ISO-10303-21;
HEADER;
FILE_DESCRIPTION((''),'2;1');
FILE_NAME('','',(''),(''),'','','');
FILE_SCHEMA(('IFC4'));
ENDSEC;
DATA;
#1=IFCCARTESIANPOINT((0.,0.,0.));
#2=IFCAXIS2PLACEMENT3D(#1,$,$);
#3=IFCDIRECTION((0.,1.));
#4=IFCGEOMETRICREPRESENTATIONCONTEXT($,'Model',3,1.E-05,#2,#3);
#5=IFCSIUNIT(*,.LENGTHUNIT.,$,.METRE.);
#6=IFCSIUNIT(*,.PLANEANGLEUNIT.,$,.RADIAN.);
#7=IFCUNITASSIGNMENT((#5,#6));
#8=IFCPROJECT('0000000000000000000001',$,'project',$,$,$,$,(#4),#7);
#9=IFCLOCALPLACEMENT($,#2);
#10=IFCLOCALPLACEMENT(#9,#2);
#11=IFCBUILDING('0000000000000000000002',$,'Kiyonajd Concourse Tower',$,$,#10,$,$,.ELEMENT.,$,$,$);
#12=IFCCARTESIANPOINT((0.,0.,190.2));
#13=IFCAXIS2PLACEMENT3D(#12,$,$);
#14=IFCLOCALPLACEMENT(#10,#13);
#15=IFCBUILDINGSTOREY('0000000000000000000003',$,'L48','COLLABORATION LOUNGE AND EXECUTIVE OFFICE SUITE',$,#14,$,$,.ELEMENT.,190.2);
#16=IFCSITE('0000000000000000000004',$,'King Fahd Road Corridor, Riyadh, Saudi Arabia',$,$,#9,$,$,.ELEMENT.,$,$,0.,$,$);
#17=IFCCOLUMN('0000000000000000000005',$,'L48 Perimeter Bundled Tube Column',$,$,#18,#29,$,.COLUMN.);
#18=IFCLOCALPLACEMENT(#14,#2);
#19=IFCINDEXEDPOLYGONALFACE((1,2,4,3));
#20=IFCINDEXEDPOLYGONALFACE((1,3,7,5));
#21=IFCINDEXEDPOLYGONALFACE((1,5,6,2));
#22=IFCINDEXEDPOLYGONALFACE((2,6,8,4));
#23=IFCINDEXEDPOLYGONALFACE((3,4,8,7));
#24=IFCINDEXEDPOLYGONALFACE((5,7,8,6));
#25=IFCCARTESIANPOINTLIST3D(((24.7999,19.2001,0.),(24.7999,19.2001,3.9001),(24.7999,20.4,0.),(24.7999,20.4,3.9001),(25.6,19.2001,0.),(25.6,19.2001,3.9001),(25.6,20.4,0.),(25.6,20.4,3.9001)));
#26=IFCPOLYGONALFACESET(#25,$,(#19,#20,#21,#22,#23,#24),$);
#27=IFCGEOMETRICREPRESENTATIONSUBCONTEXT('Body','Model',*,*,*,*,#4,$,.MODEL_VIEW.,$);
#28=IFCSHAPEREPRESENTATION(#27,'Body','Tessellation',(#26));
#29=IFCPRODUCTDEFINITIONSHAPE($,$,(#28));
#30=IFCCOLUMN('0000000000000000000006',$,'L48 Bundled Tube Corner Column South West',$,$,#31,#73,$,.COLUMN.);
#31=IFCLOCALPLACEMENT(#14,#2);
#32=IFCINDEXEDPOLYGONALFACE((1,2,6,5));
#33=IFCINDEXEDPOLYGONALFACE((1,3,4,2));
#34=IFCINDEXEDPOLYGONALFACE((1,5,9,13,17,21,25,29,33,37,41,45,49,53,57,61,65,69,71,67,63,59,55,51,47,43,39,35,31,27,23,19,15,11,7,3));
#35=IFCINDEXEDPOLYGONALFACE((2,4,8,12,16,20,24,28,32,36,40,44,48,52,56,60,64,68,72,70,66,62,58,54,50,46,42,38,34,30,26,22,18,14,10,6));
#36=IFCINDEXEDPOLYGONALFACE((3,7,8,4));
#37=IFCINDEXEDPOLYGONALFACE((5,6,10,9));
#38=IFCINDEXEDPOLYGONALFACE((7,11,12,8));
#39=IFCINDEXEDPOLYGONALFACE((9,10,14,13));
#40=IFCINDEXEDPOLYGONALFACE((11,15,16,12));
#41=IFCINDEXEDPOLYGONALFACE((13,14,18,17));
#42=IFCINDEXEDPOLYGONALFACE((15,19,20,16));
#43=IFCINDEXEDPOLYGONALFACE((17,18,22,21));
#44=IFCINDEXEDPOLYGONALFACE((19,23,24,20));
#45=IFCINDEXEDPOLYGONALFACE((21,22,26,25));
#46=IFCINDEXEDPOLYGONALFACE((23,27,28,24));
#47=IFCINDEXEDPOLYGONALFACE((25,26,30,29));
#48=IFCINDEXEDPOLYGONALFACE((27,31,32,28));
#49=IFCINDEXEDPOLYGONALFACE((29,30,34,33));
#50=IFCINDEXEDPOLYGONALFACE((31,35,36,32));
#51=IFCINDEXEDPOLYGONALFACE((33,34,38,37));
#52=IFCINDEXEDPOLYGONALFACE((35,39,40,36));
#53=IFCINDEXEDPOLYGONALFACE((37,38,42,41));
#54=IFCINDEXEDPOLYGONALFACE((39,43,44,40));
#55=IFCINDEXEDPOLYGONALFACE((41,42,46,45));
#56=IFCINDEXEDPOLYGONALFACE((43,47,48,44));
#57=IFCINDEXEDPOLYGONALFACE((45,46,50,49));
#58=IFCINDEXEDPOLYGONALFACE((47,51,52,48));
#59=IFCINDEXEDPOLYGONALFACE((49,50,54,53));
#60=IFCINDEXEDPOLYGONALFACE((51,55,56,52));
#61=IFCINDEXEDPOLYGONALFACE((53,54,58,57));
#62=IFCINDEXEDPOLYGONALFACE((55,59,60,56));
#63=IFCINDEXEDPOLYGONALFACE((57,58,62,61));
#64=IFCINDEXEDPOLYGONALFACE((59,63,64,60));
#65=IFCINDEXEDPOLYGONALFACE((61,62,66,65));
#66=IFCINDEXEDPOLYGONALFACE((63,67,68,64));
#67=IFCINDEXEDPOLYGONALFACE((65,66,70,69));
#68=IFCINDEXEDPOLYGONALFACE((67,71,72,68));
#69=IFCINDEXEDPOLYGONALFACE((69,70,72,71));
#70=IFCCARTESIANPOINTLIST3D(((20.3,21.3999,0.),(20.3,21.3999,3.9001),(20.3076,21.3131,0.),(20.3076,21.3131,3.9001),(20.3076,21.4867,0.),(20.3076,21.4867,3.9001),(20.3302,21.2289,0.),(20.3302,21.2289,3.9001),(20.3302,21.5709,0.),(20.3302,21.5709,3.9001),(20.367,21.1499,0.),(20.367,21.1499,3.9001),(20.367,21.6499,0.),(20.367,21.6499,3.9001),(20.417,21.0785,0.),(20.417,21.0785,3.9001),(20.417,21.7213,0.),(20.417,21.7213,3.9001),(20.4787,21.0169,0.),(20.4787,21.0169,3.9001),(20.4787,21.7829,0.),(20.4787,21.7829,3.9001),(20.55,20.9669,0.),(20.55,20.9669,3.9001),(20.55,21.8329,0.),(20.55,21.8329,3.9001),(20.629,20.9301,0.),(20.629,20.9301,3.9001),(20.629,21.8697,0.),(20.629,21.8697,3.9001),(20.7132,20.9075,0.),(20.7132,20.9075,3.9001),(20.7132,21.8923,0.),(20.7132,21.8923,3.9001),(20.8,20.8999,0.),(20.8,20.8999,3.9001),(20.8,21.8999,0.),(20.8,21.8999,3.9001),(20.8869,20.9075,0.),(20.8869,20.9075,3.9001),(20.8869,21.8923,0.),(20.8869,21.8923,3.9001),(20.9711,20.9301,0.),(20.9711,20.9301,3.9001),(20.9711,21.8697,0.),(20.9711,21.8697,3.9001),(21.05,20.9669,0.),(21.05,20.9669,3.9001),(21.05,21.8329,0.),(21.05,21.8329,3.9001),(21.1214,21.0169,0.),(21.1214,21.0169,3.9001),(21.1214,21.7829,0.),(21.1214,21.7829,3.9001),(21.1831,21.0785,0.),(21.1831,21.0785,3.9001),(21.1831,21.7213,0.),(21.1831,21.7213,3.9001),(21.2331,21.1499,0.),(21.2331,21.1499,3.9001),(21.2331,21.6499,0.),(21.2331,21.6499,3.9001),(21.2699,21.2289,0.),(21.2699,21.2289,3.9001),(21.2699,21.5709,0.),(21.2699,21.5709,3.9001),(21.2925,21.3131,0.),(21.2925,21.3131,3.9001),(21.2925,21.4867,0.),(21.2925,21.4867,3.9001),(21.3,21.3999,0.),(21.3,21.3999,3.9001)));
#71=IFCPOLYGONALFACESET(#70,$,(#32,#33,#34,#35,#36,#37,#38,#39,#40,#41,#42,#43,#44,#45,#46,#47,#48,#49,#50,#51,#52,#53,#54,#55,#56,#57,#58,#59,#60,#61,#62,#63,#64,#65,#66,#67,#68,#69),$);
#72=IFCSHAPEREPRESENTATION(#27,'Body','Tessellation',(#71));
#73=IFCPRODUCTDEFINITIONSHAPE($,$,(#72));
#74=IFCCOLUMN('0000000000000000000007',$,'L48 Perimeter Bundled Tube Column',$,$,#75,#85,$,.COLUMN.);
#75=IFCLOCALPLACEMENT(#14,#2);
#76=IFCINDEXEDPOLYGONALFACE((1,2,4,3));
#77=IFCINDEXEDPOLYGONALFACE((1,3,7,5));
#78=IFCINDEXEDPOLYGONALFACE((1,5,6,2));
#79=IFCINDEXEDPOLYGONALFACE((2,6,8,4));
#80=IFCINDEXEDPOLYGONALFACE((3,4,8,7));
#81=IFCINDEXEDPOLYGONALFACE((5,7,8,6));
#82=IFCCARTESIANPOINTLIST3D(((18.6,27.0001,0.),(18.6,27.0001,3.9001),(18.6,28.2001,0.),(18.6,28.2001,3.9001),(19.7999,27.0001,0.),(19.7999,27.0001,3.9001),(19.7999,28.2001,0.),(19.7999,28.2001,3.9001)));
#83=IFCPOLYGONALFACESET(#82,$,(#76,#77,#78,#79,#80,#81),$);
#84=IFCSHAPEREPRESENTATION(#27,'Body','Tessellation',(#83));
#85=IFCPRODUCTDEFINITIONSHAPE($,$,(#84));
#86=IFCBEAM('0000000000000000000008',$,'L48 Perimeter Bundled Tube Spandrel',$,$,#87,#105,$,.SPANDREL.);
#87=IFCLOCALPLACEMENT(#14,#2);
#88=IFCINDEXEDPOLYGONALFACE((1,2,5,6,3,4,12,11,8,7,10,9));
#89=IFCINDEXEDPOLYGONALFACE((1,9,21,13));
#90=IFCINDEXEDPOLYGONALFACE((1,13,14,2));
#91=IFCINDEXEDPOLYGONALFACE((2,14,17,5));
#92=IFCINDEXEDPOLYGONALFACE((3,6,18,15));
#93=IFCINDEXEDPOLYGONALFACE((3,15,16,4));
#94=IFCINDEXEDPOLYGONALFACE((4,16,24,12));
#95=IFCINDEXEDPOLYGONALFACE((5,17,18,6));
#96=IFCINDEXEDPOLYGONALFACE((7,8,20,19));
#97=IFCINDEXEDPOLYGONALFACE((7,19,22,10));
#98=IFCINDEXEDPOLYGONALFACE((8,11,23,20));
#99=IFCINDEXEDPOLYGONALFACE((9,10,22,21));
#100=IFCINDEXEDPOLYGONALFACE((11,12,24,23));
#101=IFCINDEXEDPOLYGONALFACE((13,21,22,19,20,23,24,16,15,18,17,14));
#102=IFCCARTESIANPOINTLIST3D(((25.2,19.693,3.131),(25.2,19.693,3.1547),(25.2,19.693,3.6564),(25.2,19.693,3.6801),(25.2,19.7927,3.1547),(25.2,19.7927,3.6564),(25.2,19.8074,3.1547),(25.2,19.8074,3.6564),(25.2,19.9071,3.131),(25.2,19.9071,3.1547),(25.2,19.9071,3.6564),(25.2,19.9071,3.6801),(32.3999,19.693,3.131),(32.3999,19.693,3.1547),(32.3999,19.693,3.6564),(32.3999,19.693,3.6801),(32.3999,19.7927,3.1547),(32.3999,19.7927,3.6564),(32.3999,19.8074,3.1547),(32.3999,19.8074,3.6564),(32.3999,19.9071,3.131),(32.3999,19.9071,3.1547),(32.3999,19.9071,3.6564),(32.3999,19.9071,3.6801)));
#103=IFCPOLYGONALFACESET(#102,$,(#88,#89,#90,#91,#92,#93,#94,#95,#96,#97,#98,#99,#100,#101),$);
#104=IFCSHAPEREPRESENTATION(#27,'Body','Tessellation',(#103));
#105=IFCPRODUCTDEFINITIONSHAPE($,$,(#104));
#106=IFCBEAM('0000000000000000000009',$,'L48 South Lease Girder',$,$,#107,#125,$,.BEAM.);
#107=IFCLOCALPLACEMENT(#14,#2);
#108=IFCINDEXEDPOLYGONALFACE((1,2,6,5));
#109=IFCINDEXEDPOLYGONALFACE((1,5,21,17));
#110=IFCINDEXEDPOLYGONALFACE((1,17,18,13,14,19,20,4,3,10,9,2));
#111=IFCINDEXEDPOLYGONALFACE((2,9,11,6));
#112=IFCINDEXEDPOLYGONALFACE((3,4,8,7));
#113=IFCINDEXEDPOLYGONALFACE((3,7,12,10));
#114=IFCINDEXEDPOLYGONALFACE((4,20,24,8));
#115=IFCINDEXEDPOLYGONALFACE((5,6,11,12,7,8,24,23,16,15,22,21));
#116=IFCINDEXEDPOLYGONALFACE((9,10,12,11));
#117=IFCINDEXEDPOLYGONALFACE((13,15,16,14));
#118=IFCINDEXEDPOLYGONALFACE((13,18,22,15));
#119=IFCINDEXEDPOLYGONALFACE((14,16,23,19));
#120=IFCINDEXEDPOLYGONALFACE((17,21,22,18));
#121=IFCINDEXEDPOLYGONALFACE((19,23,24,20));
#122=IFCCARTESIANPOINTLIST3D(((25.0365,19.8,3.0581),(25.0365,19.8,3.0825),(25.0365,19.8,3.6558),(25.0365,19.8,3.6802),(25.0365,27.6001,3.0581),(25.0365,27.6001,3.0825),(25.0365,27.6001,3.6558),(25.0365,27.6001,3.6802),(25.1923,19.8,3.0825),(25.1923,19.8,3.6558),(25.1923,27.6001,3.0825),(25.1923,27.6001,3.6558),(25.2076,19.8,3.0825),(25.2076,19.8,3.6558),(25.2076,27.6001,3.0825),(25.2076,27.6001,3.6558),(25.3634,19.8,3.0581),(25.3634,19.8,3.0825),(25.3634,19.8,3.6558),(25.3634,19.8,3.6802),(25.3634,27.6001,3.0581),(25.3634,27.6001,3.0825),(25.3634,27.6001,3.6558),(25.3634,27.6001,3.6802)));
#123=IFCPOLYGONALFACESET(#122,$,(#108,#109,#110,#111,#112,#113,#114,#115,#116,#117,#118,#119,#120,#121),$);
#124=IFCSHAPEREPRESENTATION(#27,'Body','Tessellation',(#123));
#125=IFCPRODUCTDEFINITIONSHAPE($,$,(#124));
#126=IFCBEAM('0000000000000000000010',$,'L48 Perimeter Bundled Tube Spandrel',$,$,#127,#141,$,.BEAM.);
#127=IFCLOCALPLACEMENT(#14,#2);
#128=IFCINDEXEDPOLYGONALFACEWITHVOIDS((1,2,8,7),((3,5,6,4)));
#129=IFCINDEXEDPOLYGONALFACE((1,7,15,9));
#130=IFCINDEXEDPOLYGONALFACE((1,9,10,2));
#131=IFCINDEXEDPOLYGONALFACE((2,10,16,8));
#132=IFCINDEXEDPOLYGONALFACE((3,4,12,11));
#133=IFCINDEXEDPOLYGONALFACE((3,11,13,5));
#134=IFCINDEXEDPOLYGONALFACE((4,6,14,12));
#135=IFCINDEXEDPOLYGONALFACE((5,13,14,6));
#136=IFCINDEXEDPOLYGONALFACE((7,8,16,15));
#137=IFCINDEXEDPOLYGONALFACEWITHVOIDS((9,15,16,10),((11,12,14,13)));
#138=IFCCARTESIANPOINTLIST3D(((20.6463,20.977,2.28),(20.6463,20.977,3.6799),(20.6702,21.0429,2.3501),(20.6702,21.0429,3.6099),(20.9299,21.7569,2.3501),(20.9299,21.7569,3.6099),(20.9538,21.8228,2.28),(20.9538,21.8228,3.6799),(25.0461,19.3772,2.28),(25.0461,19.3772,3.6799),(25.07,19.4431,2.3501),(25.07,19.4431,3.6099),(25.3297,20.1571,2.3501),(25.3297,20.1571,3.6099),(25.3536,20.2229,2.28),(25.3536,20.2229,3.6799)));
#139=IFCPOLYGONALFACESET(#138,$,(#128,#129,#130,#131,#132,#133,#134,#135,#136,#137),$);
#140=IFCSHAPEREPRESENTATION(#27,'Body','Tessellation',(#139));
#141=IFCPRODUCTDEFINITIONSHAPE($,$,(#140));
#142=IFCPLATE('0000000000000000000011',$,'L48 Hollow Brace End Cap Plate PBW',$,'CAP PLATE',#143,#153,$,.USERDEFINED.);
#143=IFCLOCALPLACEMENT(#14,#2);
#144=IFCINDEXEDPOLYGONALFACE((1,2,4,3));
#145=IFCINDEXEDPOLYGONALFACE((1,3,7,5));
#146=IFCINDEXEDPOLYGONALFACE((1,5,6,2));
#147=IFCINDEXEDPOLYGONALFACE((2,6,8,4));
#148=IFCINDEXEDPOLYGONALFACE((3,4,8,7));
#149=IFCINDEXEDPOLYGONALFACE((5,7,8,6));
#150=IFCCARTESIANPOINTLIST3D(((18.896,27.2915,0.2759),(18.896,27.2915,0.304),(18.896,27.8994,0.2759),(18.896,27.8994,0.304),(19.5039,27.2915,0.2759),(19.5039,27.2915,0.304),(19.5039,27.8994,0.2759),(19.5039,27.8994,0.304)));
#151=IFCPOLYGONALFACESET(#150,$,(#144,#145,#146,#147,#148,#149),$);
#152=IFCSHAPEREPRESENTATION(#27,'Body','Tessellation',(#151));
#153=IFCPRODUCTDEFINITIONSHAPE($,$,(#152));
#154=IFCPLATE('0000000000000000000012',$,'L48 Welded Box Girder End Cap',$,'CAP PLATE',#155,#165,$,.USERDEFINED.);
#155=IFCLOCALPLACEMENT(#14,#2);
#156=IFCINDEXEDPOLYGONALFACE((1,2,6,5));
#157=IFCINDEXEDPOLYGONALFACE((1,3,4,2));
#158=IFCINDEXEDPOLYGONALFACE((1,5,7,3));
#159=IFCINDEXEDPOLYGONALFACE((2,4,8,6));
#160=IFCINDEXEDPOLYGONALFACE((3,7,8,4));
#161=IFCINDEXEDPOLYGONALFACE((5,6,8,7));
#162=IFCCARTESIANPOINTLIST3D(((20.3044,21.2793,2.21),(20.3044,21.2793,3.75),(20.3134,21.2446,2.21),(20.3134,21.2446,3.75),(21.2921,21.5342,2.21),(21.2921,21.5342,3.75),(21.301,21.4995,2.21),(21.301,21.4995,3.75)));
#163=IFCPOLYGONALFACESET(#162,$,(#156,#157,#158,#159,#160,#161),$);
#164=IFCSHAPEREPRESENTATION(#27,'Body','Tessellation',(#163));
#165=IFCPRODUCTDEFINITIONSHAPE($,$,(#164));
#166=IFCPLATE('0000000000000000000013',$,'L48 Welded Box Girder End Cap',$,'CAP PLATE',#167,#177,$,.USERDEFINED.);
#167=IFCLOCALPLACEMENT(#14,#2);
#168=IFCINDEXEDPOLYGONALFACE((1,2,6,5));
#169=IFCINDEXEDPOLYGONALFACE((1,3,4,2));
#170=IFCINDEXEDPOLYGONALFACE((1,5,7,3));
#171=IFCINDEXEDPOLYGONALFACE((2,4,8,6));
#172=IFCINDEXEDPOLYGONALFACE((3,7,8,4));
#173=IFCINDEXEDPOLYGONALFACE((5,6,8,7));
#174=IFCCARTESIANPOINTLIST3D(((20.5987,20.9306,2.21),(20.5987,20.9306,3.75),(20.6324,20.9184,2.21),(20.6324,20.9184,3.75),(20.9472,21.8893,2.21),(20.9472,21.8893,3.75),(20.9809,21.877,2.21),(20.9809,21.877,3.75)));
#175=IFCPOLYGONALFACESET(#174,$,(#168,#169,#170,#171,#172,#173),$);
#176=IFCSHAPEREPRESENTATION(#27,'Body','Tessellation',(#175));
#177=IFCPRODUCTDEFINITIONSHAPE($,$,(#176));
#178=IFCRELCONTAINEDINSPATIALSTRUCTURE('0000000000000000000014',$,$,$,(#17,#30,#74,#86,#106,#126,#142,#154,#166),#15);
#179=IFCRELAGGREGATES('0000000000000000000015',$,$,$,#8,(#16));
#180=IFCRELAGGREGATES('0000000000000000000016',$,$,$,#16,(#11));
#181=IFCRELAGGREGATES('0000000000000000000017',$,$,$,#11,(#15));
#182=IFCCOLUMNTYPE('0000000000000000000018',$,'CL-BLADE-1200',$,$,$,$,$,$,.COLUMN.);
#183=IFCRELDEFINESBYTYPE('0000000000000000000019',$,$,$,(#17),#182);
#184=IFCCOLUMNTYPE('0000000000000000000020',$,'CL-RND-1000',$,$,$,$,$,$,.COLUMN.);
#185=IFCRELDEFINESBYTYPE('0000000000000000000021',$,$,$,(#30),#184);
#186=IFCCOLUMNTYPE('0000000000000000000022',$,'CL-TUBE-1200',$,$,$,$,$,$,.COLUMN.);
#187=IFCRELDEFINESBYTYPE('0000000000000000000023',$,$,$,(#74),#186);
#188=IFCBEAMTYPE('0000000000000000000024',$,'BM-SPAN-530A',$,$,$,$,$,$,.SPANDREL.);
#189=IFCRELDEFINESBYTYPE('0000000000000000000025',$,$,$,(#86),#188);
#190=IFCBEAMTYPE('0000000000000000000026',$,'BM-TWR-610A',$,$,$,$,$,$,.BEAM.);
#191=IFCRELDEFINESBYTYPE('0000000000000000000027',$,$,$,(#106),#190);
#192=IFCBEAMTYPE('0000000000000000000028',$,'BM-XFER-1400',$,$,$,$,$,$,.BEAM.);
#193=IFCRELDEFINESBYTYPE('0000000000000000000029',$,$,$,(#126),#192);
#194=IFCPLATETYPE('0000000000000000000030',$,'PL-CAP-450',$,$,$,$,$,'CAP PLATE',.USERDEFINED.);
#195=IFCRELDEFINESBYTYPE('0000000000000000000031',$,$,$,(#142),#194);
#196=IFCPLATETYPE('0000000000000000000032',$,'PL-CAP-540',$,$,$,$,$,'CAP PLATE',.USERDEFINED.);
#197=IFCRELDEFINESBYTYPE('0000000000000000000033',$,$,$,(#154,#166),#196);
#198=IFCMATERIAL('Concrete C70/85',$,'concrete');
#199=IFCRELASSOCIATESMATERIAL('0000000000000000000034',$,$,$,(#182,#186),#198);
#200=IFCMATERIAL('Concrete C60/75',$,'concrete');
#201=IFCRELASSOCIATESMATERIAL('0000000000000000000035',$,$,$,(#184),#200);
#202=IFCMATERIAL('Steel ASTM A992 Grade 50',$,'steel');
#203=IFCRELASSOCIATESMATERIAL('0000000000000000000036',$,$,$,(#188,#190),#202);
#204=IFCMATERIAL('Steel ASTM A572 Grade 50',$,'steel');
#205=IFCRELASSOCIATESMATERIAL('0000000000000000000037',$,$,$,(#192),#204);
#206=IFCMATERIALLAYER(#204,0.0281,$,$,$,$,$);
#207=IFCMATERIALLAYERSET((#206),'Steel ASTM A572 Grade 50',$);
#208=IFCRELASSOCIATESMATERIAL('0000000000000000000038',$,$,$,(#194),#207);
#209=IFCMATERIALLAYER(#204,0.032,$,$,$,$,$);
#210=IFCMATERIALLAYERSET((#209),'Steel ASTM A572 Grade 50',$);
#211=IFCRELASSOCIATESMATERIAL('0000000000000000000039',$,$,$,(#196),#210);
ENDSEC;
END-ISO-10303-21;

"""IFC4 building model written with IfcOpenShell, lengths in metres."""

from ifc_helpers import new_model, si_unit, direction, frame, origin, origin_2d, place, context, subcontext, project, spatial, rectangle, hollow_rectangle, circle, i_section, extrude, material, layer, layer_set, material_profile, profile_set, type_object, element, save


model = new_model("IFC4")

# Units and contexts
model_context = context("Model", 3, precision=1e-05, world=origin(), true_north=direction((0.0, 1.0)))
body_context = subcontext(model_context, "Body", "Model", "MODEL_VIEW")
ifc_project = project(units=[si_unit("LENGTHUNIT", "METRE"), si_unit("PLANEANGLEUNIT", "RADIAN")], contexts=[model_context])

# Site, building, storey
site_placement = place(None, origin())
site = spatial("IfcSite", under=ifc_project, at=site_placement, Name="King Fahd Road Corridor, Riyadh, Saudi Arabia", CompositionType="ELEMENT", RefElevation=0.0)
building_placement = place(site_placement, origin())
building = spatial("IfcBuilding", under=site, at=building_placement, Name="Kiyonajd Concourse Tower", CompositionType="ELEMENT")
storey_placement = place(building_placement, frame((0.0, 0.0, 190.2)))
storey = spatial("IfcBuildingStorey", under=building, at=storey_placement, Name="L48", Description="COLLABORATION LOUNGE AND EXECUTIVE OFFICE SUITE", CompositionType="ELEMENT", Elevation=190.2)

# Columns
ifc_material_1 = material(Name="Concrete C70/85", Category="concrete")
ifc_material_profile_1 = material_profile(ifc_material_1, rectangle(XDim=0.8, YDim=1.2, at=origin_2d()), Name="RC-1200x800")
ifc_profile_set_1 = profile_set([ifc_material_profile_1], Name="Concrete C70/85")
column_type_1 = type_object("IfcColumnType", Name="CL-BLADE-1200", PredefinedType="COLUMN", material=ifc_profile_set_1)
column_1_placement = place(storey_placement, frame((25.2, 19.8, 0.0), z_axis=(0.0, 0.0, 1.0), x_axis=(1.0, 0.0, 0.0)))
element("IfcColumn", 1, at=column_1_placement, inside=storey, type_object=column_type_1, Name="L48 Perimeter Bundled Tube Column", PredefinedType="COLUMN", context=body_context, shape_type="SweptSolid", body=[
    extrude(rectangle(XDim=0.8, YDim=1.2, at=origin_2d()), origin(), (0.0, 0.0, 1.0), 3.9001),
])
ifc_material_2 = material(Name="Concrete C60/75", Category="concrete")
ifc_material_profile_2 = material_profile(ifc_material_2, circle(Radius=0.5, at=origin_2d()), Name="RCC-D1000")
ifc_profile_set_2 = profile_set([ifc_material_profile_2], Name="Concrete C60/75")
column_type_2 = type_object("IfcColumnType", Name="CL-RND-1000", PredefinedType="COLUMN", material=ifc_profile_set_2)
column_2_placement = place(storey_placement, frame((20.8, 21.3999, 0.0), z_axis=(0.0, 0.0, 1.0), x_axis=(1.0, 0.0, 0.0)))
element("IfcColumn", 2, at=column_2_placement, inside=storey, type_object=column_type_2, Name="L48 Bundled Tube Corner Column South West", PredefinedType="COLUMN", context=body_context, shape_type="SweptSolid", body=[
    extrude(circle(Radius=0.5, at=origin_2d()), origin(), (0.0, 0.0, 1.0), 3.9001),
])
ifc_material_profile_3 = material_profile(ifc_material_1, rectangle(XDim=1.2, YDim=1.2, at=origin_2d()), Name="RC-1200x1200")
ifc_profile_set_3 = profile_set([ifc_material_profile_3], Name="Concrete C70/85")
column_type_3 = type_object("IfcColumnType", Name="CL-TUBE-1200", PredefinedType="COLUMN", material=ifc_profile_set_3)
column_3_placement = place(storey_placement, frame((19.2, 27.6001, 0.0), z_axis=(0.0, 0.0, 1.0), x_axis=(1.0, 0.0, 0.0)))
element("IfcColumn", 3, at=column_3_placement, inside=storey, type_object=column_type_3, Name="L48 Perimeter Bundled Tube Column", PredefinedType="COLUMN", context=body_context, shape_type="SweptSolid", body=[
    extrude(rectangle(XDim=1.2, YDim=1.2, at=origin_2d()), origin(), (0.0, 0.0, 1.0), 3.9001),
])

# Beams
ifc_material_3 = material(Name="Steel ASTM A992 Grade 50", Category="steel")
ifc_material_profile_4 = material_profile(ifc_material_3, i_section(OverallWidth=0.2141, OverallDepth=0.5491, WebThickness=0.0146, FlangeThickness=0.0237, at=origin_2d()), Name="W530X138")
ifc_profile_set_4 = profile_set([ifc_material_profile_4], Name="Steel ASTM A992 Grade 50")
beam_type_1 = type_object("IfcBeamType", Name="BM-SPAN-530A", PredefinedType="SPANDREL", material=ifc_profile_set_4)
beam_1_placement = place(storey_placement, frame((25.2, 19.8, 3.4055), z_axis=(1.0, 0.0, 0.0), x_axis=(0.0, 1.0, 0.0)))
element("IfcBeam", 4, at=beam_1_placement, inside=storey, type_object=beam_type_1, Name="L48 Perimeter Bundled Tube Spandrel", PredefinedType="SPANDREL", context=body_context, shape_type="SweptSolid", body=[
    extrude(i_section(OverallWidth=0.2141, OverallDepth=0.5491, WebThickness=0.0146, FlangeThickness=0.0237, at=origin_2d()), origin(), (0.0, 0.0, 1.0), 7.2),
])
ifc_material_profile_5 = material_profile(ifc_material_3, i_section(OverallWidth=0.3269, OverallDepth=0.6221, WebThickness=0.0154, FlangeThickness=0.0244, at=origin_2d()), Name="W610X195")
ifc_profile_set_5 = profile_set([ifc_material_profile_5], Name="Steel ASTM A992 Grade 50")
beam_type_2 = type_object("IfcBeamType", Name="BM-TWR-610A", PredefinedType="BEAM", material=ifc_profile_set_5)
beam_2_placement = place(storey_placement, frame((25.2, 19.8, 3.3691), z_axis=(0.0, 1.0, 0.0), x_axis=(-1.0, 0.0, 0.0)))
element("IfcBeam", 5, at=beam_2_placement, inside=storey, type_object=beam_type_2, Name="L48 South Lease Girder", PredefinedType="BEAM", context=body_context, shape_type="SweptSolid", body=[
    extrude(i_section(OverallWidth=0.3269, OverallDepth=0.6221, WebThickness=0.0154, FlangeThickness=0.0244, at=origin_2d()), origin(), (0.0, 0.0, 1.0), 7.8),
])
ifc_material_4 = material(Name="Steel ASTM A572 Grade 50", Category="steel")
ifc_material_profile_6 = material_profile(ifc_material_4, hollow_rectangle(XDim=0.8999, YDim=1.3999, WallThickness=0.0701, at=origin_2d()), Name="BOX-1400x900x70")
ifc_profile_set_6 = profile_set([ifc_material_profile_6], Name="Steel ASTM A572 Grade 50")
beam_type_3 = type_object("IfcBeamType", Name="BM-XFER-1400", PredefinedType="BEAM", material=ifc_profile_set_6)
beam_3_placement = place(storey_placement, frame((20.8, 21.3999, 2.98), z_axis=(0.939801, -0.341722, 0.0), x_axis=(0.341722, 0.939801, 0.0)))
element("IfcBeam", 6, at=beam_3_placement, inside=storey, type_object=beam_type_3, Name="L48 Perimeter Bundled Tube Spandrel", PredefinedType="BEAM", context=body_context, shape_type="SweptSolid", body=[
    extrude(hollow_rectangle(XDim=0.8999, YDim=1.3999, WallThickness=0.0701, at=origin_2d()), origin(), (0.0, 0.0, 1.0), 4.6816),
])

# Plates
ifc_layer_1 = layer(ifc_material_4, 0.0281)
ifc_layer_set_1 = layer_set([ifc_layer_1], Name="Steel ASTM A572 Grade 50")
plate_type_1 = type_object("IfcPlateType", Name="PL-CAP-450", ElementType="CAP PLATE", PredefinedType="USERDEFINED", material=ifc_layer_set_1)
plate_placement = place(storey_placement, frame((19.2, 27.5955, 0.2759), z_axis=(0.0, 0.0, 1.0), x_axis=(1.0, 0.0, 0.0)))
element("IfcPlate", 7, at=plate_placement, inside=storey, type_object=plate_type_1, Name="L48 Hollow Brace End Cap Plate PBW", ObjectType="CAP PLATE", PredefinedType="USERDEFINED", context=body_context, shape_type="SweptSolid", body=[
    extrude(rectangle(XDim=0.6079, YDim=0.6079, at=origin_2d()), origin(), (0.0, 0.0, 1.0), 0.0281),
])
ifc_layer_2 = layer(ifc_material_4, 0.032)
ifc_layer_set_2 = layer_set([ifc_layer_2], Name="Steel ASTM A572 Grade 50")
plate_type_2 = type_object("IfcPlateType", Name="PL-CAP-540", ElementType="CAP PLATE", PredefinedType="USERDEFINED", material=ifc_layer_set_2)
for number, where, z_axis, x_axis, name in (
    (8, (20.8027, 21.3894, 2.21), (0.0, 0.0, 1.0), (0.249873, -0.968279, 0.0), "L48 Welded Box Girder End Cap"),
    (9, (20.7898, 21.4038, 2.21), (0.0, 0.0, 1.0), (-0.939812, 0.341692, 0.0), "L48 Welded Box Girder End Cap"),
):
    element("IfcPlate", number, at=place(storey_placement, frame(where, z_axis=z_axis, x_axis=x_axis)), inside=storey, type_object=plate_type_2, Name=name, ObjectType="CAP PLATE", PredefinedType="USERDEFINED", context=body_context, shape_type="SweptSolid", body=[
        extrude(rectangle(XDim=0.0359, YDim=1.02, at=origin_2d()), origin(), (0.0, 0.0, 1.0), 1.54),
    ])

save(model, "model.ifc")
